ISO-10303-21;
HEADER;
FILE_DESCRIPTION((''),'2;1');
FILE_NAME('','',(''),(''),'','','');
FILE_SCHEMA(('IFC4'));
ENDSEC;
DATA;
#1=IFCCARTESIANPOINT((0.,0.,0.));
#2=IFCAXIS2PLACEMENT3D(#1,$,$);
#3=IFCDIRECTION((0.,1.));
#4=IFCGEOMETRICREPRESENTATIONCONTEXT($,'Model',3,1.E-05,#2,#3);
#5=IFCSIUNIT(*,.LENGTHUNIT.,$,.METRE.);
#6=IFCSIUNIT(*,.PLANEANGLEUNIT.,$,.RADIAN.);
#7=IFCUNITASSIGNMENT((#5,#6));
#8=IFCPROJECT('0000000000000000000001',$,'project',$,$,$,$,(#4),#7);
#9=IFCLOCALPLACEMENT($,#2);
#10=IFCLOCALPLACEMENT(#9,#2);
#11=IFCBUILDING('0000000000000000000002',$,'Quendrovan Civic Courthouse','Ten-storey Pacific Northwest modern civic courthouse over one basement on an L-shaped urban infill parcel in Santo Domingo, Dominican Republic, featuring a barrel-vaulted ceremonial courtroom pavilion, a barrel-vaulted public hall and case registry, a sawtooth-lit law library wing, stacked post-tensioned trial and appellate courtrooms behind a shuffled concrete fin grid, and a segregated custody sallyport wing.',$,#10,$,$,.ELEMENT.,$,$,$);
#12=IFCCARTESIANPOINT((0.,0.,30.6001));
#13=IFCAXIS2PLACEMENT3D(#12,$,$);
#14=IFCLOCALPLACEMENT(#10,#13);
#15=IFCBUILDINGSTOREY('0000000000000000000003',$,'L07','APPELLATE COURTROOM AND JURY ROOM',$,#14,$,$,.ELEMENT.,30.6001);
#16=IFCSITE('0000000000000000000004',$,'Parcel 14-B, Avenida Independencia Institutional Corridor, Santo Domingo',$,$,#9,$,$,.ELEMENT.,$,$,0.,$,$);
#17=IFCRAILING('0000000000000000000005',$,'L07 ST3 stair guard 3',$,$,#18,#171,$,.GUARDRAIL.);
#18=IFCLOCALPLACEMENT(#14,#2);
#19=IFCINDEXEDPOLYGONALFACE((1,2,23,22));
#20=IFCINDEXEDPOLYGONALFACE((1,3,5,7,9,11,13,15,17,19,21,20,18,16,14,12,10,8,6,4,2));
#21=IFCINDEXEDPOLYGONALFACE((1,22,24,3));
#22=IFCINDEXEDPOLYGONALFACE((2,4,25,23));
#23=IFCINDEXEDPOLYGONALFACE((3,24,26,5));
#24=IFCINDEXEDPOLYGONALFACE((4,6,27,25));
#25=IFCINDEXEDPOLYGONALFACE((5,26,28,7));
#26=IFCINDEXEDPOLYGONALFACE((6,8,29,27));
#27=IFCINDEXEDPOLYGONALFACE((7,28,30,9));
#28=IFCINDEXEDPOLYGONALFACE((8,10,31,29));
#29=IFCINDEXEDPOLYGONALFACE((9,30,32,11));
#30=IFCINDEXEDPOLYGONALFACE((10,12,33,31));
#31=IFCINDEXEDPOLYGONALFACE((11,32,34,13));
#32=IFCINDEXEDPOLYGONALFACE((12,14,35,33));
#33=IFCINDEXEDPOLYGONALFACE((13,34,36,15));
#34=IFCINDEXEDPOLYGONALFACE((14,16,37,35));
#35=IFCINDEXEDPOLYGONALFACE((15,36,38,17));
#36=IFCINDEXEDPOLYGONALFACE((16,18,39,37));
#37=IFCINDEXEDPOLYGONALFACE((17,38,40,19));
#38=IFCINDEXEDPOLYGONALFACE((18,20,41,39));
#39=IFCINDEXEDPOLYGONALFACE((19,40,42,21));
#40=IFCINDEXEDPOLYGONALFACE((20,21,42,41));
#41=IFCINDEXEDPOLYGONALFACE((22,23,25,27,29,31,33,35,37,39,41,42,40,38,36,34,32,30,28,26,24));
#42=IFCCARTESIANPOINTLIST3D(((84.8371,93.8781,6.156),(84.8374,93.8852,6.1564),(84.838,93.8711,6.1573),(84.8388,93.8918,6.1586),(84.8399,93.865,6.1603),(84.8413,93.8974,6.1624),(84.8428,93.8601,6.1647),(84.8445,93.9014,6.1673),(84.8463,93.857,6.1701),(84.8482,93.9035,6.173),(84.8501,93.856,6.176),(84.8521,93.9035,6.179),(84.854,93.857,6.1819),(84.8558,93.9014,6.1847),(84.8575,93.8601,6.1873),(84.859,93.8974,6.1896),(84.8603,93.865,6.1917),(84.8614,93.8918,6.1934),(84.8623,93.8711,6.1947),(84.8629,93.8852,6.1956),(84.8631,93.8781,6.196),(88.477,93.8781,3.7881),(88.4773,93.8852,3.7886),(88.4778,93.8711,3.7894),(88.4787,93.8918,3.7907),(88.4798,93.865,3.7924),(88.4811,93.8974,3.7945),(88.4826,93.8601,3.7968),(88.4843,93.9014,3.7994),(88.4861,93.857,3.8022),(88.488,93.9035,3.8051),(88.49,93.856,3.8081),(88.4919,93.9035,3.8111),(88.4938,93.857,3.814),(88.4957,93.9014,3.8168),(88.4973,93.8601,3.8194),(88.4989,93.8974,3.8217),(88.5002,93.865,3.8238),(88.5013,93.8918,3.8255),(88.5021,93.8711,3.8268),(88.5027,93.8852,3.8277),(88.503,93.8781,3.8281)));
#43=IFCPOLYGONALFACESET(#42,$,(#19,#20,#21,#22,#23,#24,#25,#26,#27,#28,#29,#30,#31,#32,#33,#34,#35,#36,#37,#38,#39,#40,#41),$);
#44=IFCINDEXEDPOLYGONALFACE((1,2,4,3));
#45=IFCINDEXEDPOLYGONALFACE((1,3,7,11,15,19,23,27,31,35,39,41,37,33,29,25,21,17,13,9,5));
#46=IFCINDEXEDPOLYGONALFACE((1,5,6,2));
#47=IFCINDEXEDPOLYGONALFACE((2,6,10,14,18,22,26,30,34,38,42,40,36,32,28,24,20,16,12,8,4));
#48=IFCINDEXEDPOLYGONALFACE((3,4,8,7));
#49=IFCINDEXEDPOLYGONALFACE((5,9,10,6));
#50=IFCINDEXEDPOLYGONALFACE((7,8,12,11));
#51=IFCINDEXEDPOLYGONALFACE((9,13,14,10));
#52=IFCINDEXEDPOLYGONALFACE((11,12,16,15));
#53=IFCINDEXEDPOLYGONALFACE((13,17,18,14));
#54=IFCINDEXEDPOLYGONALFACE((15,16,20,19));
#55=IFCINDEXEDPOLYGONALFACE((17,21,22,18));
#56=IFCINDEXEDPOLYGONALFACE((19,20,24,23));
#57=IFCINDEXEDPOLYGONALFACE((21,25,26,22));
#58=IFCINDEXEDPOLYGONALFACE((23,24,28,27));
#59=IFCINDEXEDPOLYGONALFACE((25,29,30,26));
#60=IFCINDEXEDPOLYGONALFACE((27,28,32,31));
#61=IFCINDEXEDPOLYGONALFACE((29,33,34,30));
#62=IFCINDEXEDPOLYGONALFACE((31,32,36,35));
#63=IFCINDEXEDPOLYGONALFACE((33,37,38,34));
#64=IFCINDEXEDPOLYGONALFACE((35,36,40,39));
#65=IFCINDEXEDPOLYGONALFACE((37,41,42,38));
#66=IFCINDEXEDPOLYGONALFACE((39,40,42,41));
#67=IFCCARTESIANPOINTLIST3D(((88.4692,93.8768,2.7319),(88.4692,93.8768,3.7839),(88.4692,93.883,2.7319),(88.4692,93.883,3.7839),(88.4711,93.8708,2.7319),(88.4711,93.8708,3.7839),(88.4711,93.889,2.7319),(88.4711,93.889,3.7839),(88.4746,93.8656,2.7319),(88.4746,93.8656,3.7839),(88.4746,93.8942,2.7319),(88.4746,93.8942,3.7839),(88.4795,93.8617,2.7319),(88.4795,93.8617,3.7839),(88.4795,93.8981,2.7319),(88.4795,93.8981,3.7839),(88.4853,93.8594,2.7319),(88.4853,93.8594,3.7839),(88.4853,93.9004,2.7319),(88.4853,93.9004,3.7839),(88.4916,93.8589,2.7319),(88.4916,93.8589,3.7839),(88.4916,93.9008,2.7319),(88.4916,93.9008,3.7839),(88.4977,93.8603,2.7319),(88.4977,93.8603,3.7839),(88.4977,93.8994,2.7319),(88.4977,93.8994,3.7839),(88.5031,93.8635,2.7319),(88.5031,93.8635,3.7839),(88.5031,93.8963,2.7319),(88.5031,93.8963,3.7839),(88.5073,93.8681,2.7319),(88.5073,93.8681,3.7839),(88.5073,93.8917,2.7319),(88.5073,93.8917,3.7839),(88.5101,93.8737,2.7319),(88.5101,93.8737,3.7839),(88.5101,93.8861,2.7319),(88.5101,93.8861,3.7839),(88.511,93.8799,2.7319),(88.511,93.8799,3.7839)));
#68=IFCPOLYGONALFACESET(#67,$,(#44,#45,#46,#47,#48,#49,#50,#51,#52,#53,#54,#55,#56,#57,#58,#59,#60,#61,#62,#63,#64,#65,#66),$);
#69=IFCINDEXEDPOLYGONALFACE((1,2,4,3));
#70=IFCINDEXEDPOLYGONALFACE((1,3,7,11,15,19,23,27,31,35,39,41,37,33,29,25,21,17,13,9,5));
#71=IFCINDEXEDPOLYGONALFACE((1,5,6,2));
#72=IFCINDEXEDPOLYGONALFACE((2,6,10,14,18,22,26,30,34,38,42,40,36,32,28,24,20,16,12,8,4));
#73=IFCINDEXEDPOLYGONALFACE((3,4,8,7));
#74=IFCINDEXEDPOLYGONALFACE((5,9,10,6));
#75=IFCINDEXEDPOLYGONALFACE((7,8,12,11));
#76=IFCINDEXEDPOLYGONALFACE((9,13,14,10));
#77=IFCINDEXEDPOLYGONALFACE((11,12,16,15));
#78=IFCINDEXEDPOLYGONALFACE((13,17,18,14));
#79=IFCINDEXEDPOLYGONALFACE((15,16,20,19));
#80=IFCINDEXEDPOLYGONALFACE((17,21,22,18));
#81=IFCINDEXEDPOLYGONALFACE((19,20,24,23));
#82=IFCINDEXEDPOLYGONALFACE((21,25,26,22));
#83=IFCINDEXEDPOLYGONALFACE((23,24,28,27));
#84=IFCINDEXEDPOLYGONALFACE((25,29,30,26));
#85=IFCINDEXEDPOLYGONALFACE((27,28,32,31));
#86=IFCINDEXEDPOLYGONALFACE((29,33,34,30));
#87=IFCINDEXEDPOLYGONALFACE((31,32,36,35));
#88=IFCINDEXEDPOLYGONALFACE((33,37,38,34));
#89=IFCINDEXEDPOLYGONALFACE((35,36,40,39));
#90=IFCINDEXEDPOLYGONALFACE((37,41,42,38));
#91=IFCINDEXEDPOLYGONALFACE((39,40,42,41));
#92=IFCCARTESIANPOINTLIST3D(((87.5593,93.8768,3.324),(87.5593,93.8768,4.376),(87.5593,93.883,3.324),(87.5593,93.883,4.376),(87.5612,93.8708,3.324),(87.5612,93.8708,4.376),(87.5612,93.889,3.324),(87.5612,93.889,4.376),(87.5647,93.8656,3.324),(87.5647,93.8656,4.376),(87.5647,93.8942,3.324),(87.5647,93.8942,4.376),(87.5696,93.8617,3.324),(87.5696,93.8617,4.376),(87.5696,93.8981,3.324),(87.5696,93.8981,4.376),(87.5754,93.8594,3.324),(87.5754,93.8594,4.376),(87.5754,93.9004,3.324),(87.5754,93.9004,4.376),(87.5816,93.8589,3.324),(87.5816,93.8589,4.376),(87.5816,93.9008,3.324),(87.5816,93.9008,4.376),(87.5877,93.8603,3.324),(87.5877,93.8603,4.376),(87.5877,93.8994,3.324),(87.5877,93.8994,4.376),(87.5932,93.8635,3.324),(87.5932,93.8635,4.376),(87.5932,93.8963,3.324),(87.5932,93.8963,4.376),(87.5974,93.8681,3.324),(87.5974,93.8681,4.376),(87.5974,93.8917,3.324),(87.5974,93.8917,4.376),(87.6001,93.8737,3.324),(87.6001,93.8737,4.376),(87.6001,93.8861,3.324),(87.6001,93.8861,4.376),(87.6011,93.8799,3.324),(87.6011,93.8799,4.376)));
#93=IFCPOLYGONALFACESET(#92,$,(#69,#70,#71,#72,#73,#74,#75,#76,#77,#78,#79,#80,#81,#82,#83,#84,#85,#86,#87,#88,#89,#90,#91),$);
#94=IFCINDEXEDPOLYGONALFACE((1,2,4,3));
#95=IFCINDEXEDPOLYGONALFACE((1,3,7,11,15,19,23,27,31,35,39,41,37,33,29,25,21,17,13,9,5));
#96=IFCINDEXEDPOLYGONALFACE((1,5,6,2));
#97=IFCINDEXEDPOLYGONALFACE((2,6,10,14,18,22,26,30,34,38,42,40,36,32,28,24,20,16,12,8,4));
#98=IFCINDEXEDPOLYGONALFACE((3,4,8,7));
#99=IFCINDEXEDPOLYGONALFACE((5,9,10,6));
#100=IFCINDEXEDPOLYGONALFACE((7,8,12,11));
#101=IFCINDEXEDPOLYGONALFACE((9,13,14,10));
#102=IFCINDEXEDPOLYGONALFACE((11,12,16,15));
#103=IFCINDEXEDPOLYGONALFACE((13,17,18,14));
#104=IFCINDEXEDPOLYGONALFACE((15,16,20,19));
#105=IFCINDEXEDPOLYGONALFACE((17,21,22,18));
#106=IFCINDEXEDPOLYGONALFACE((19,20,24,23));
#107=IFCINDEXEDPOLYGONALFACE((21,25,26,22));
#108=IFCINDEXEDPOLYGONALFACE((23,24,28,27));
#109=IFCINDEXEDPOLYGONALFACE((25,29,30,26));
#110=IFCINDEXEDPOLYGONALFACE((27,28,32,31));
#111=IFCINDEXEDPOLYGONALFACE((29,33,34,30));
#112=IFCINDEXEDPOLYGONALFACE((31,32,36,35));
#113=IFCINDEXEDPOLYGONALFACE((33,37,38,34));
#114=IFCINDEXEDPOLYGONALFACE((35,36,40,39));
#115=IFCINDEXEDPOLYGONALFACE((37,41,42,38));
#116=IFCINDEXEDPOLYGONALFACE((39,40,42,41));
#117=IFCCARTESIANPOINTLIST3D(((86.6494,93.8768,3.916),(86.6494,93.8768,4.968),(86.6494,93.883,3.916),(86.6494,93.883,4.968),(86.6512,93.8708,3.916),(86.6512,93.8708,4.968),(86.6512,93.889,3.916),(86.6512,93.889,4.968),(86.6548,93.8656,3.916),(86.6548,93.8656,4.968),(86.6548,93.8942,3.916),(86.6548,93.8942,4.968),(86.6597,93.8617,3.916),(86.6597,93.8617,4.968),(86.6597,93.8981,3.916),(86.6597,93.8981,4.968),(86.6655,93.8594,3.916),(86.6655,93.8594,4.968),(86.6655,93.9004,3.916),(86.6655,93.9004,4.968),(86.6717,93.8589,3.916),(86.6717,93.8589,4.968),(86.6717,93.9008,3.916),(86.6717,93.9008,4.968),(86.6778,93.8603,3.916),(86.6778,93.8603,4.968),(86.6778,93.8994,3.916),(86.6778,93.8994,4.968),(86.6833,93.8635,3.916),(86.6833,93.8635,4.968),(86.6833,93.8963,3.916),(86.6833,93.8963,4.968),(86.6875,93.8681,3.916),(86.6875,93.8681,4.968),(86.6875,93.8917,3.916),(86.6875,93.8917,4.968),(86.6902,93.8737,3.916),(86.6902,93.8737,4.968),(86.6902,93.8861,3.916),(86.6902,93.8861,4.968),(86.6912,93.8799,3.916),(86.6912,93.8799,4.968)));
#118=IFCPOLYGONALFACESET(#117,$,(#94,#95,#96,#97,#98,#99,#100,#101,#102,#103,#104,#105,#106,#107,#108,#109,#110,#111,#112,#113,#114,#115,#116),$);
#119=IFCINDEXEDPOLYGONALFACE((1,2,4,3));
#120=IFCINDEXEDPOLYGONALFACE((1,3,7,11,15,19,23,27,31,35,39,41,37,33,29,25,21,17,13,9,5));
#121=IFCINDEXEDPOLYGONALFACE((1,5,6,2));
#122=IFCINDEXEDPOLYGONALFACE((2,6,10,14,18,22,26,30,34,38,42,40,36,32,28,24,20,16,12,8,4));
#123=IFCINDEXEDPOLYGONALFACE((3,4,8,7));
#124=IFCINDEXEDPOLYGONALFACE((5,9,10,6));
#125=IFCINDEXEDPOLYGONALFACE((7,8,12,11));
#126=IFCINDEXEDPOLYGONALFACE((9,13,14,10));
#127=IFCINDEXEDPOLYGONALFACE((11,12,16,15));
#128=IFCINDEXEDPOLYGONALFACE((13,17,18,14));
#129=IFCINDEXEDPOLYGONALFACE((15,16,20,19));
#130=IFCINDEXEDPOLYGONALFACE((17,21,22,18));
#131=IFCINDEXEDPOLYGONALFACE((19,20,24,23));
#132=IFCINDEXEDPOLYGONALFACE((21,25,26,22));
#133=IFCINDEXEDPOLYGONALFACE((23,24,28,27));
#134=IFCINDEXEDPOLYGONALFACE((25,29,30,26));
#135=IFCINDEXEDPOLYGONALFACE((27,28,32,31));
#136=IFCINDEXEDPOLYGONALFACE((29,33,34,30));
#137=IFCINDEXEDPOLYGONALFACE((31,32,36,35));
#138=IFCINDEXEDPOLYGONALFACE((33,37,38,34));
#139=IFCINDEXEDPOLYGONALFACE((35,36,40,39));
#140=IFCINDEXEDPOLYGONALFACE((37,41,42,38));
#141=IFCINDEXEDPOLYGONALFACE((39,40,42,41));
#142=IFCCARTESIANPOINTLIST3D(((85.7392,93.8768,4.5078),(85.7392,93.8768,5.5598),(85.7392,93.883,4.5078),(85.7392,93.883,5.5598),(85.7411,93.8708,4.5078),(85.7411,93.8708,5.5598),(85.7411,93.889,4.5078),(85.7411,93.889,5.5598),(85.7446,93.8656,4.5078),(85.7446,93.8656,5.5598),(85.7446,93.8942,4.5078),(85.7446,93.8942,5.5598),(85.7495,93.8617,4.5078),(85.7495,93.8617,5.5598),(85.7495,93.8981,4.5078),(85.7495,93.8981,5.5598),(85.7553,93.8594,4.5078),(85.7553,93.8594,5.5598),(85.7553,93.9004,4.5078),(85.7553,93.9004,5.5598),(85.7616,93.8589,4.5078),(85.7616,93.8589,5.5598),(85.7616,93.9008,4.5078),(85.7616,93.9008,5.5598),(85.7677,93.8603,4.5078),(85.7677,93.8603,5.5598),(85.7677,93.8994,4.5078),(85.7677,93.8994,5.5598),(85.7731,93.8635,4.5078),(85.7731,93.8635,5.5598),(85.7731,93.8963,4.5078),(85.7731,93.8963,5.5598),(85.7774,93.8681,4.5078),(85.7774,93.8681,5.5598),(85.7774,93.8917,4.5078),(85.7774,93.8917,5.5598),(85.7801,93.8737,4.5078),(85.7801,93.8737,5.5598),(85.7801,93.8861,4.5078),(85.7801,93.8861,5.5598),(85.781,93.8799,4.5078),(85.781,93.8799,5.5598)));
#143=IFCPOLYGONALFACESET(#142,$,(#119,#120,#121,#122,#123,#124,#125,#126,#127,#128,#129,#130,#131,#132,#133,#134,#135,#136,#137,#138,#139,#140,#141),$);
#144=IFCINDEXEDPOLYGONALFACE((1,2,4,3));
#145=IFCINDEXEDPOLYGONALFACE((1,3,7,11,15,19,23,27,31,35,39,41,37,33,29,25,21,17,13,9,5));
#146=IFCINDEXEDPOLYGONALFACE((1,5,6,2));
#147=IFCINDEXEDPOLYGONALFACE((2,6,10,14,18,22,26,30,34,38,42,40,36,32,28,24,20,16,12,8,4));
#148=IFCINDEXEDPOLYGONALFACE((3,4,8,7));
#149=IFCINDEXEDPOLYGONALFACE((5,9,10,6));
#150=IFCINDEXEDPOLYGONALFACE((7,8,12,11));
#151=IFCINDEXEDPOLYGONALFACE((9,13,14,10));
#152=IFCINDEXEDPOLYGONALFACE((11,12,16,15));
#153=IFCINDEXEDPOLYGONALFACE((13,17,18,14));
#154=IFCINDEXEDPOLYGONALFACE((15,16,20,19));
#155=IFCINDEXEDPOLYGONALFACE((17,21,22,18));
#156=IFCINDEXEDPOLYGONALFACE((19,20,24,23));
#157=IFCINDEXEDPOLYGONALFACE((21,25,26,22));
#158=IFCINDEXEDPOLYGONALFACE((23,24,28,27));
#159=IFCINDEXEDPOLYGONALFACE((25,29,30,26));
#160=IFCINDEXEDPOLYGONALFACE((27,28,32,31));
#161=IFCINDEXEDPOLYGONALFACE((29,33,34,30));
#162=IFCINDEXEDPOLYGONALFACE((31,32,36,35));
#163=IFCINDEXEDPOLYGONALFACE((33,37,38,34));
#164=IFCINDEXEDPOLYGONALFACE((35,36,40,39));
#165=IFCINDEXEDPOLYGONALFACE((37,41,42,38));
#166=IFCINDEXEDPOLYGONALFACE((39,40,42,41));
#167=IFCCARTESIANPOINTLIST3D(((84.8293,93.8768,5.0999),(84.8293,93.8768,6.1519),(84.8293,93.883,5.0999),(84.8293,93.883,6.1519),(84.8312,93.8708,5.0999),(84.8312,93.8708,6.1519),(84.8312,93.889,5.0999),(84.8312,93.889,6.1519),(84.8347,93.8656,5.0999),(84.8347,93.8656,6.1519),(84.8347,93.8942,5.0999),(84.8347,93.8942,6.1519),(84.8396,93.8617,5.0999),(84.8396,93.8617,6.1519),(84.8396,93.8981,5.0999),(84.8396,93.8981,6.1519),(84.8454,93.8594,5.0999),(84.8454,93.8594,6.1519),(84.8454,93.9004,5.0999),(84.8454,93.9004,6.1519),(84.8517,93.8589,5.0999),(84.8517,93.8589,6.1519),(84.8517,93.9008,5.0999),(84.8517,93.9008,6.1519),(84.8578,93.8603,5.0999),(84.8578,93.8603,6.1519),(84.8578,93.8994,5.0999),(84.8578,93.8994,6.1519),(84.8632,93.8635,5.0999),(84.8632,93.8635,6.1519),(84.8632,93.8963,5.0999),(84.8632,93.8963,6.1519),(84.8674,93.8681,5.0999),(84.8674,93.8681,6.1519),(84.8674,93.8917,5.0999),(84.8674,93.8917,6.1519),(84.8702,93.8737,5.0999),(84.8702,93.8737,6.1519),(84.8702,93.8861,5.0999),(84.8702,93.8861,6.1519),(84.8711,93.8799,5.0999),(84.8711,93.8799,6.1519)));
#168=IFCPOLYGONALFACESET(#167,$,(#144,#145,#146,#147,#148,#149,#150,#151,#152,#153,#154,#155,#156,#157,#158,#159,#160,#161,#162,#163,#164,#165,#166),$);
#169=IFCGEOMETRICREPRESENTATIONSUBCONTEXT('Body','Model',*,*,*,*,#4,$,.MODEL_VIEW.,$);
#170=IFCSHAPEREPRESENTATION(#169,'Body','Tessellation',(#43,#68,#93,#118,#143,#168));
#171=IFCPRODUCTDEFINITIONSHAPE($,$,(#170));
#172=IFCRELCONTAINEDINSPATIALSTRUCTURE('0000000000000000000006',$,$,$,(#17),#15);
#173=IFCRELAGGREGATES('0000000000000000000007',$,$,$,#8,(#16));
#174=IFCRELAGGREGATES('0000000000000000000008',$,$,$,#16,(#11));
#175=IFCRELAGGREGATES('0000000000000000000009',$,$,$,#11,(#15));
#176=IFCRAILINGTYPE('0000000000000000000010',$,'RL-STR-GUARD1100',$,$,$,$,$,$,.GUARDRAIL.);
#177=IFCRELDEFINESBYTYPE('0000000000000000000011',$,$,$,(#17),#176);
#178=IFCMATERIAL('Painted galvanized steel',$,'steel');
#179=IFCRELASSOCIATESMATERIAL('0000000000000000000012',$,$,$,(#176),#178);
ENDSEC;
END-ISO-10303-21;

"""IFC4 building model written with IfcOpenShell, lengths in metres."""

from ifc_helpers import new_model, si_unit, direction, frame, origin, origin_2d, place, context, subcontext, project, spatial, circle, extrude, material, type_object, element, save


model = new_model("IFC4")

# Units and contexts
model_context = context("Model", 3, precision=1e-05, world=origin(), true_north=direction((0.0, 1.0)))
body_context = subcontext(model_context, "Body", "Model", "MODEL_VIEW")
ifc_project = project(units=[si_unit("LENGTHUNIT", "METRE"), si_unit("PLANEANGLEUNIT", "RADIAN")], contexts=[model_context])

# Site, building, storey
site_placement = place(None, origin())
site = spatial("IfcSite", under=ifc_project, at=site_placement, Name="Parcel 14-B, Avenida Independencia Institutional Corridor, Santo Domingo", CompositionType="ELEMENT", RefElevation=0.0)
building_placement = place(site_placement, origin())
building = spatial("IfcBuilding", under=site, at=building_placement, Name="Quendrovan Civic Courthouse", Description="Ten-storey Pacific Northwest modern civic courthouse over one basement on an L-shaped urban infill parcel in Santo Domingo, Dominican Republic, featuring a barrel-vaulted ceremonial courtroom pavilion, a barrel-vaulted public hall and case registry, a sawtooth-lit law library wing, stacked post-tensioned trial and appellate courtrooms behind a shuffled concrete fin grid, and a segregated custody sallyport wing.", CompositionType="ELEMENT")
storey_placement = place(building_placement, frame((0.0, 0.0, 30.6001)))
storey = spatial("IfcBuildingStorey", under=building, at=storey_placement, Name="L07", Description="APPELLATE COURTROOM AND JURY ROOM", CompositionType="ELEMENT", Elevation=30.6001)

# Railing
ifc_material_1 = material(Name="Painted galvanized steel", Category="steel")
railing_type_1 = type_object("IfcRailingType", Name="RL-STR-GUARD1100", PredefinedType="GUARDRAIL", material=ifc_material_1)
railing_1_placement = place(storey_placement, frame((88.49, 93.8799, 2.7319)))
element("IfcRailing", 1, at=railing_1_placement, inside=storey, type_object=railing_type_1, Name="L07 ST3 stair guard 3", PredefinedType="GUARDRAIL", context=body_context, shape_type="SweptSolid", body=[
    extrude(circle(Radius=0.0239, at=origin_2d()), frame((0.0, 0.0, 1.0762), z_axis=(-0.838234, 0.0, 0.54531), x_axis=(0.0, -1.0, 0.0)), (0.0, 0.0, 1.0), 4.3423),
    extrude(circle(Radius=0.021, at=origin_2d()), origin(), (0.0, 0.0, 1.0), 1.052),
    extrude(circle(Radius=0.021, at=origin_2d()), frame((-0.9099, 0.0, 0.592)), (0.0, 0.0, 1.0), 1.052),
    extrude(circle(Radius=0.021, at=origin_2d()), frame((-1.8198, 0.0, 1.1841)), (0.0, 0.0, 1.0), 1.052),
    extrude(circle(Radius=0.021, at=origin_2d()), frame((-2.73, 0.0, 1.7759)), (0.0, 0.0, 1.0), 1.052),
    extrude(circle(Radius=0.021, at=origin_2d()), frame((-3.6399, 0.0, 2.3679)), (0.0, 0.0, 1.0), 1.052),
])

save(model, "model.ifc")
